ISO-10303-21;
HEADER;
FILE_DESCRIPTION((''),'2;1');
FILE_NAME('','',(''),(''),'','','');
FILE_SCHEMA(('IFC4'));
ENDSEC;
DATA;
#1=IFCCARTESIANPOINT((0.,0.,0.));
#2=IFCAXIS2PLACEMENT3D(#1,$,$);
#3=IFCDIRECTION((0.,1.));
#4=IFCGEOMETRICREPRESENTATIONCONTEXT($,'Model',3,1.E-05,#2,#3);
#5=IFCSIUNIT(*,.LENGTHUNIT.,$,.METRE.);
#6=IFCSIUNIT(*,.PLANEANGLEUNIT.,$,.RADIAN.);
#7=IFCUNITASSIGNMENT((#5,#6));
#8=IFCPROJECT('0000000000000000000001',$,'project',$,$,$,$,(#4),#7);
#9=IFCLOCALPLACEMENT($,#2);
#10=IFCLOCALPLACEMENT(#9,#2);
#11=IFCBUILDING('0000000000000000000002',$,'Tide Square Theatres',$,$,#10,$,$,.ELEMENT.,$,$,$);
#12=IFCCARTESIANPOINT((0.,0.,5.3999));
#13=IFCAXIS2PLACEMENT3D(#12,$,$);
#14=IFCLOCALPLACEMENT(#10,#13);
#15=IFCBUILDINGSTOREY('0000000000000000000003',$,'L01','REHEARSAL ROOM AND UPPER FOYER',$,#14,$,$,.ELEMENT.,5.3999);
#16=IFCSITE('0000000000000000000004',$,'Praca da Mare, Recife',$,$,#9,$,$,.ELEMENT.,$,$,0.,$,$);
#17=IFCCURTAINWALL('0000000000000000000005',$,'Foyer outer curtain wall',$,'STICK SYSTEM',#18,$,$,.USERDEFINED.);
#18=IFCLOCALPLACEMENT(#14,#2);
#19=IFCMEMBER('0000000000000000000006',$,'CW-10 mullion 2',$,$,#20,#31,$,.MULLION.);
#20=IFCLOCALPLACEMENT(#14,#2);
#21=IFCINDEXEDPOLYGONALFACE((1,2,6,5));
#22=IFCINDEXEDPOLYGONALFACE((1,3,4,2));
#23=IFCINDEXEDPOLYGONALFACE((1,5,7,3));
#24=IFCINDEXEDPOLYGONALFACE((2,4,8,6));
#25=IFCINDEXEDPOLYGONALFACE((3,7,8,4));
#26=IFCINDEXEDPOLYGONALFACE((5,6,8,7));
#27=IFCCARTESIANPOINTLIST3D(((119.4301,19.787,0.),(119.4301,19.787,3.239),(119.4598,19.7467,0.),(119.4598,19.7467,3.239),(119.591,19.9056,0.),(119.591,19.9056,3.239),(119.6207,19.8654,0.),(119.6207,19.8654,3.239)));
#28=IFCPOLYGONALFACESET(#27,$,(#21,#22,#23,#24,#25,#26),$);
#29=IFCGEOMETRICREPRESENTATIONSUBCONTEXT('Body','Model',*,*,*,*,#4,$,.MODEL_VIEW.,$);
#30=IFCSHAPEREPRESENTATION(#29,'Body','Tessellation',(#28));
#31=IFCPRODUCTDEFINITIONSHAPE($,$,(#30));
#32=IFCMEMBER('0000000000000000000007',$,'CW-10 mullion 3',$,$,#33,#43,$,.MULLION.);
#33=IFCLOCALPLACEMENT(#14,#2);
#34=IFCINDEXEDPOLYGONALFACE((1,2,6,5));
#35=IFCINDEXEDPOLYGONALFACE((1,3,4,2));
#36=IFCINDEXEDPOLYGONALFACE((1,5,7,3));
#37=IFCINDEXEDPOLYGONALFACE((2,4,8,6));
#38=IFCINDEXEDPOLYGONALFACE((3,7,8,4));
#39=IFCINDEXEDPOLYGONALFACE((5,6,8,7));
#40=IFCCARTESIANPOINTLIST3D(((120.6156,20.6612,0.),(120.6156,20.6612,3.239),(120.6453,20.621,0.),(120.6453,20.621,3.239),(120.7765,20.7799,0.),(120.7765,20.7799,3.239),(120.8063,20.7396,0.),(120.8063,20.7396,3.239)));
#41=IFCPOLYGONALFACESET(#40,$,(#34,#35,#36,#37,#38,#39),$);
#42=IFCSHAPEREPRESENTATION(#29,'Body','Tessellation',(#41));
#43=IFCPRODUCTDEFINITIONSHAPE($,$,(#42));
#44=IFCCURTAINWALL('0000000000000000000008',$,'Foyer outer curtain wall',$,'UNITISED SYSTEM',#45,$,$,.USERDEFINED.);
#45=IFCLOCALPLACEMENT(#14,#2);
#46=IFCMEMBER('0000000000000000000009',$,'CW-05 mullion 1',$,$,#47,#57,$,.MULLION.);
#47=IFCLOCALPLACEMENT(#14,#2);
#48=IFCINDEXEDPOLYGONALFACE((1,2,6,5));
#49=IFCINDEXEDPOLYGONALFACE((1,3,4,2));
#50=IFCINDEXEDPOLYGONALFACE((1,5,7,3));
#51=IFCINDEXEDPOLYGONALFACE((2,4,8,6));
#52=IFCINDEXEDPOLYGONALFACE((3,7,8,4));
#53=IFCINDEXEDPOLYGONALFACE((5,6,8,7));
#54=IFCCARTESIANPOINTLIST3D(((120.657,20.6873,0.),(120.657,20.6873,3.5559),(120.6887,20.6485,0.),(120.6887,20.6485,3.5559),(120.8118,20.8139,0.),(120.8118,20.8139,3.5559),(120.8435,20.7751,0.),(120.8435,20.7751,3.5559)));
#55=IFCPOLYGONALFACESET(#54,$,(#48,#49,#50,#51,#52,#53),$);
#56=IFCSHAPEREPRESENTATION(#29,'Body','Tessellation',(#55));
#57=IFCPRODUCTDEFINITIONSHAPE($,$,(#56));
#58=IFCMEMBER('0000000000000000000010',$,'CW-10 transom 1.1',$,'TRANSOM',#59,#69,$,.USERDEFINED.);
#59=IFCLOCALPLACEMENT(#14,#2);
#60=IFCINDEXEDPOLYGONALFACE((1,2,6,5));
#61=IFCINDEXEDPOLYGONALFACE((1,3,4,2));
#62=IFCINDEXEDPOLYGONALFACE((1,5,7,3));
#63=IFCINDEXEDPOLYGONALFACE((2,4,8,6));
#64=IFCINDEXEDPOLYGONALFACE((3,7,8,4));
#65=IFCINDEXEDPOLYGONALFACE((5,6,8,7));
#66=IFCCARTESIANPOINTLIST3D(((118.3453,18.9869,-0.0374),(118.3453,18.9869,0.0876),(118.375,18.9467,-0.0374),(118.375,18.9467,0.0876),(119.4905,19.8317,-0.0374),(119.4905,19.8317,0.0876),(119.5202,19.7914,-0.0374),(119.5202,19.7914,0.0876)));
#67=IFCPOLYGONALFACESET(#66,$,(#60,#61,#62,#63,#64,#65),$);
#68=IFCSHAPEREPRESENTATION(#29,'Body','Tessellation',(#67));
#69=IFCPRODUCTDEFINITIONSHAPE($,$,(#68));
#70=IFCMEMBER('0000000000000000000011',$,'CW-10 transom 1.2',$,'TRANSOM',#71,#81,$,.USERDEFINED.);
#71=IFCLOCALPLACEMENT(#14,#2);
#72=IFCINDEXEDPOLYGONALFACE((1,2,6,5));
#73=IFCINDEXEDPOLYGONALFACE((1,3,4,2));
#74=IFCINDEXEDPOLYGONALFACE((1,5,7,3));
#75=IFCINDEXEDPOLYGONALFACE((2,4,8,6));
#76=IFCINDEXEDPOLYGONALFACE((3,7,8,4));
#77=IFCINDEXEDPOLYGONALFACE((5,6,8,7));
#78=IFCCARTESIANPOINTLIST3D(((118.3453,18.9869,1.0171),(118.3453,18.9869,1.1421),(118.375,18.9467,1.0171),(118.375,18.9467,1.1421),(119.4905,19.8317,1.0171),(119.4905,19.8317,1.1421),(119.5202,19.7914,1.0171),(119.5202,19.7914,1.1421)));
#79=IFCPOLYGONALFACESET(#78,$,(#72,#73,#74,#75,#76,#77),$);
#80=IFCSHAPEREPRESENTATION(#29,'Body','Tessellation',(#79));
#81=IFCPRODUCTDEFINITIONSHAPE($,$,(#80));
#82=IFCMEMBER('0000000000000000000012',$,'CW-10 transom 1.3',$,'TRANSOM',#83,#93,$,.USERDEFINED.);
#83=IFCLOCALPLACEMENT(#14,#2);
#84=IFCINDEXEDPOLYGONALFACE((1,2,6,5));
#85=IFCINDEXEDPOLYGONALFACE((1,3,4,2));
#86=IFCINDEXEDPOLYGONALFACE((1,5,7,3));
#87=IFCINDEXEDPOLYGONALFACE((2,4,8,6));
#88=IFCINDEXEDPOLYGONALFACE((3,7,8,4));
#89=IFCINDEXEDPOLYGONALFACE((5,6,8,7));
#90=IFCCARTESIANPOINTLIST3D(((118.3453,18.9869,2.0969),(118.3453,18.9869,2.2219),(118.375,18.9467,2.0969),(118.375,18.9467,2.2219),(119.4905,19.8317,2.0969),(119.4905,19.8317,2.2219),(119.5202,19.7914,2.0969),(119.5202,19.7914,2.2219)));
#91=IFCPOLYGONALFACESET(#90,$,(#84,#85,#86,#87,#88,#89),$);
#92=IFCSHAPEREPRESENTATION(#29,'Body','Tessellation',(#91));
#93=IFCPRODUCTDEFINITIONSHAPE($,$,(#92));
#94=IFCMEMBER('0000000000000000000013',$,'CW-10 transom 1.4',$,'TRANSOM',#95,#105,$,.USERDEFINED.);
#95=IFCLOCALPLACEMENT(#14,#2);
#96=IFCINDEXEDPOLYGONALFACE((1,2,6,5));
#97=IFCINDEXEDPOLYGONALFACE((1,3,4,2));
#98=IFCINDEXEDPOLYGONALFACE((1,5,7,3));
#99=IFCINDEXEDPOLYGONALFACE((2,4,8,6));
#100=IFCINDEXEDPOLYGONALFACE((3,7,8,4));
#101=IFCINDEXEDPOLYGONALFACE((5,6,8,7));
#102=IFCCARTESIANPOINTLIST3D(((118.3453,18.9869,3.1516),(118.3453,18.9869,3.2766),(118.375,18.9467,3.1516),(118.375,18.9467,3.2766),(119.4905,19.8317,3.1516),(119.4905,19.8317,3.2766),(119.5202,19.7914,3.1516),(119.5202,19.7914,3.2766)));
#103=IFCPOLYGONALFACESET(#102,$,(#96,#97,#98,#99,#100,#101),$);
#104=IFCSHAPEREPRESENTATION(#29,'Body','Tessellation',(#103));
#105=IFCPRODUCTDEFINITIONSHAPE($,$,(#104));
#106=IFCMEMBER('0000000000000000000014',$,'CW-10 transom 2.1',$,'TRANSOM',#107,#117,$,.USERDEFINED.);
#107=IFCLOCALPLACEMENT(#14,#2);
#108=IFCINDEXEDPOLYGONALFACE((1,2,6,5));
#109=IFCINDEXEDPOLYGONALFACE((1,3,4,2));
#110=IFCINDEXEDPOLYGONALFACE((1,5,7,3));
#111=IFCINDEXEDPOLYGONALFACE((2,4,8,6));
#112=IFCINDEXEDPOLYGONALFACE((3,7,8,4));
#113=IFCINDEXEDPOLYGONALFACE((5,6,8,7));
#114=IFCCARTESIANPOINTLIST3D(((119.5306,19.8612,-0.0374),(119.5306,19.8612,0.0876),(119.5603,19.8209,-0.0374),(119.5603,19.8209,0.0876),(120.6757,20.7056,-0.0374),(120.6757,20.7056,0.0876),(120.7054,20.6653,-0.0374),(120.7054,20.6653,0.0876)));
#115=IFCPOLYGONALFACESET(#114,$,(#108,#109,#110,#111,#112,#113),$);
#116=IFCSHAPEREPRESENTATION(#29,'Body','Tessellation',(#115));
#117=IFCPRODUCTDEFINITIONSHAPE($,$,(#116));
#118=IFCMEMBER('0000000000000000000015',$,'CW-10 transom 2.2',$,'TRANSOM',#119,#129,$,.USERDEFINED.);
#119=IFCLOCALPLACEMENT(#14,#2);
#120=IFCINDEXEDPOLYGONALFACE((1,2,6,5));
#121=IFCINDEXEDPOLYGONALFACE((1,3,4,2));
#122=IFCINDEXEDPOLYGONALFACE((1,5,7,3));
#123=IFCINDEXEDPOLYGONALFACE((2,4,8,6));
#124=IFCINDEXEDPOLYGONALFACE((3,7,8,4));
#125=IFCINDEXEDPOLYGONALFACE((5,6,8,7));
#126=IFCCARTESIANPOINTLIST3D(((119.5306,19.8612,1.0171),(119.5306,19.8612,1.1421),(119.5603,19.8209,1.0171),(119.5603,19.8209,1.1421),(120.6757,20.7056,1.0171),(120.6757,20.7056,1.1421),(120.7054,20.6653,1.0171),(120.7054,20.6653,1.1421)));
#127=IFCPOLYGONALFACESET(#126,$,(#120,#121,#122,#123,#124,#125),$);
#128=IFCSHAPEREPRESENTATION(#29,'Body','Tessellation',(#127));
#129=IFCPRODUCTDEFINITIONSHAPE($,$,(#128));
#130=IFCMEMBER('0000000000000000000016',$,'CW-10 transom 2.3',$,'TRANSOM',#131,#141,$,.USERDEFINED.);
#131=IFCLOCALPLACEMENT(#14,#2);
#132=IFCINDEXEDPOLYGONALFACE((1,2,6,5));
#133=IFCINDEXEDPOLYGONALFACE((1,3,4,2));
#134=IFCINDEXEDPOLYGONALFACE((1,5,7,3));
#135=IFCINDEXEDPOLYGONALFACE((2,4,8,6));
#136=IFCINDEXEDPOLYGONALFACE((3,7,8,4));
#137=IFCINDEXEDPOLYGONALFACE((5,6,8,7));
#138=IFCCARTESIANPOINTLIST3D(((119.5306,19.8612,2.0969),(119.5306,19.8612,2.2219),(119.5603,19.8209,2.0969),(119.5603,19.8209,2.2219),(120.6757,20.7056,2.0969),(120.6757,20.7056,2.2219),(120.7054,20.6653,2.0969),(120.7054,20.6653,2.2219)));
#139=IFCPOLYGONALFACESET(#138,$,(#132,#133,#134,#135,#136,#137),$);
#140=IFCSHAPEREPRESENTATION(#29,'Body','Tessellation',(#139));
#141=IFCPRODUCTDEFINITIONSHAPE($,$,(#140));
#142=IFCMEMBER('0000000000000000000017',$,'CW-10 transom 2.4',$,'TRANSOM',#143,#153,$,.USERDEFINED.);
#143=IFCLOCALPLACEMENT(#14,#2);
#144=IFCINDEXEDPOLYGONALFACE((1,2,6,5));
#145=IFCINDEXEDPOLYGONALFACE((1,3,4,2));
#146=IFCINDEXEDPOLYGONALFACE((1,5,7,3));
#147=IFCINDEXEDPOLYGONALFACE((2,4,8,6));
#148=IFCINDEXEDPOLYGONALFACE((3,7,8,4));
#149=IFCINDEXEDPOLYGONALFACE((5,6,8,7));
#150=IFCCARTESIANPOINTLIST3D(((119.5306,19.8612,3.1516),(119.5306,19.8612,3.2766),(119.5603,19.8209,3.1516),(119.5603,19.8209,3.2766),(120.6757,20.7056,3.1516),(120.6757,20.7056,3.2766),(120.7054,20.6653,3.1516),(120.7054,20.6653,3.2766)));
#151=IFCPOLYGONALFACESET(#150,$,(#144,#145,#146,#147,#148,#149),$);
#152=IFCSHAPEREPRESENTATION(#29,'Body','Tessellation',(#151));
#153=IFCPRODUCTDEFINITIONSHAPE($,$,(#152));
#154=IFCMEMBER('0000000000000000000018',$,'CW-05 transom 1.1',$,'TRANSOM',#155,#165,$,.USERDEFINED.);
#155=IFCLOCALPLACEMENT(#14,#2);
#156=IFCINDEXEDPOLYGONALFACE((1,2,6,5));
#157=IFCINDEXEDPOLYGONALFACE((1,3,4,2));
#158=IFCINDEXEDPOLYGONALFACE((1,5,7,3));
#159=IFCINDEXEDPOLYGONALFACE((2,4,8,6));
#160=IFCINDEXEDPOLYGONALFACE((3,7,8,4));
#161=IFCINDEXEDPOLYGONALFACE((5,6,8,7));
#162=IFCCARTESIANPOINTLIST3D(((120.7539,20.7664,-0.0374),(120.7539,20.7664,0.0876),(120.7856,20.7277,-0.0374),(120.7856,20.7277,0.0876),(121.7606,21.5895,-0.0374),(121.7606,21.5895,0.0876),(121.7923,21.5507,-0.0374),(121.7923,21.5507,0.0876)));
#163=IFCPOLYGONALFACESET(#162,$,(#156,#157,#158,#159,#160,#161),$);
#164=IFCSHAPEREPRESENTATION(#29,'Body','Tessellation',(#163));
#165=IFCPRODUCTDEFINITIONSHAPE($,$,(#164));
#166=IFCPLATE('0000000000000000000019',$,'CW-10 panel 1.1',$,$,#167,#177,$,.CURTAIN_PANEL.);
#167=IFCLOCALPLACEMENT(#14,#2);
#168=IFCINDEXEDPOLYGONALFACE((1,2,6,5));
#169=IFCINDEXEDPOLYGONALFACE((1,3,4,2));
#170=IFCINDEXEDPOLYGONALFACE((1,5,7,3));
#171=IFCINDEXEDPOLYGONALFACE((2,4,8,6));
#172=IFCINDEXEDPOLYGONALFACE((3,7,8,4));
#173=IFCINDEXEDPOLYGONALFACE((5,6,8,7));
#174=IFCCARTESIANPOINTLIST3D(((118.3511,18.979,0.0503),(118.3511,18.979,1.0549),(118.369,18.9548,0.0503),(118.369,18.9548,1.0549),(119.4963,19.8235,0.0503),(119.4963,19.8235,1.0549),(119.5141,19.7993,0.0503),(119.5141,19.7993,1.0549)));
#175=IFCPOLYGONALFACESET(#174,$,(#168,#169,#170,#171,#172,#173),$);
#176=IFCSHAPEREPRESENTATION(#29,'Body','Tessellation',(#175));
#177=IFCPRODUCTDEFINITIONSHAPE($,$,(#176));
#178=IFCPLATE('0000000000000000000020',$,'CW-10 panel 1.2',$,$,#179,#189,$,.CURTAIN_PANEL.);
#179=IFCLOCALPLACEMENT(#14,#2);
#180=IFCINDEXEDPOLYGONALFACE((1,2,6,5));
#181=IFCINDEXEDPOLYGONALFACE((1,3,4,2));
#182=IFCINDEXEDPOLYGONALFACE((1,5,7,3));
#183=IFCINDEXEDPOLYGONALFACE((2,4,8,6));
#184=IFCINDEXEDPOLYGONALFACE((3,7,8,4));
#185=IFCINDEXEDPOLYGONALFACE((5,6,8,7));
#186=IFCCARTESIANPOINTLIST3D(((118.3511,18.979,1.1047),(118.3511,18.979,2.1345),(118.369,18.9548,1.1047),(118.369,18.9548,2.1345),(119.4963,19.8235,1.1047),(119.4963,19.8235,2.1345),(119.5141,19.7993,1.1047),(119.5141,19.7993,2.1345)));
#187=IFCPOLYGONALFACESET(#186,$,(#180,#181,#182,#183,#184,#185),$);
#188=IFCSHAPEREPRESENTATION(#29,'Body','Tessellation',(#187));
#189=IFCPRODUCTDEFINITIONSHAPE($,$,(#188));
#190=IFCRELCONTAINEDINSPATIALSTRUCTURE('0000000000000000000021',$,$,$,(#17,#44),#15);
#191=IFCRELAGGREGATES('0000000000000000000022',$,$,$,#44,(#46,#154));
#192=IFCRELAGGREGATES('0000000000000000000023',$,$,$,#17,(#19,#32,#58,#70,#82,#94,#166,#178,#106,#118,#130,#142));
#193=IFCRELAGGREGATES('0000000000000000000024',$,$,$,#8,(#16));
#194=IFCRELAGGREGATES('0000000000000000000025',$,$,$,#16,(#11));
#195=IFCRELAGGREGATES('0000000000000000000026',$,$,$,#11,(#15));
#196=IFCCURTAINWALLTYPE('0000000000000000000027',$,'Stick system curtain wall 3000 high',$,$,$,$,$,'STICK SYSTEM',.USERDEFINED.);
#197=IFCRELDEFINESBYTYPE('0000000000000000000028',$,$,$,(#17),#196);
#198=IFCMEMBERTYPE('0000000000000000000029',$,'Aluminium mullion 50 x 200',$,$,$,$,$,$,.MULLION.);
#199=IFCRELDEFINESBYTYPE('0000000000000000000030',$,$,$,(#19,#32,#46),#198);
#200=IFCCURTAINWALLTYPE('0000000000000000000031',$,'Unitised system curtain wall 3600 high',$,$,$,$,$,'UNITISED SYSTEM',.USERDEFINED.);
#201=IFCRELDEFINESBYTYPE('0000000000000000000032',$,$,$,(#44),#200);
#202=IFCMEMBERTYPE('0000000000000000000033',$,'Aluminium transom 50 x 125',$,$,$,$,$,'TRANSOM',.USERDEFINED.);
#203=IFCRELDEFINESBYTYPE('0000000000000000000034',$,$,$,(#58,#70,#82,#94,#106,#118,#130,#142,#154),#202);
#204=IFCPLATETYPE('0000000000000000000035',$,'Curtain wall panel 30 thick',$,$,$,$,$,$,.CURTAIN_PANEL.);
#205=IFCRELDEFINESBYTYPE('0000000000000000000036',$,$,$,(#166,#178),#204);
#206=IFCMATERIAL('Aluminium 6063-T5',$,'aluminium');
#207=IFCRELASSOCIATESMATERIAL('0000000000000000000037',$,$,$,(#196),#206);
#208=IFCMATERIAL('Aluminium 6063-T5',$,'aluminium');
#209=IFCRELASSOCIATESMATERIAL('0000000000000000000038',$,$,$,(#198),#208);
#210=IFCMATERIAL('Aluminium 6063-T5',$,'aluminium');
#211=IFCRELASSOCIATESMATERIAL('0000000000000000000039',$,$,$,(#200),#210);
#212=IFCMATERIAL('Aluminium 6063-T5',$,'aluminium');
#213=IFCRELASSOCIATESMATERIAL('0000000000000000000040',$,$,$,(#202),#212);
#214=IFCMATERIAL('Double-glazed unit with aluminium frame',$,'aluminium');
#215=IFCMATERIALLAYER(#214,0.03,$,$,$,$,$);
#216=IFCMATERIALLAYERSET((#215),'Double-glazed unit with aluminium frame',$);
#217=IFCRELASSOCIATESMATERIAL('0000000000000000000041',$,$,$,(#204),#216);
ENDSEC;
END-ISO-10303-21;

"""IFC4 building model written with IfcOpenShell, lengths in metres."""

from ifc_helpers import new_model, si_unit, direction, frame, origin, origin_2d, place, context, subcontext, project, spatial, rectangle, extrude, material, layer, layer_set, material_profile, profile_set, type_object, element, aggregate, save


model = new_model("IFC4")

# Units and contexts
model_context = context("Model", 3, precision=1e-05, world=origin(), true_north=direction((0.0, 1.0)))
body_context = subcontext(model_context, "Body", "Model", "MODEL_VIEW")
ifc_project = project(units=[si_unit("LENGTHUNIT", "METRE"), si_unit("PLANEANGLEUNIT", "RADIAN")], contexts=[model_context])

# Site, building, storey
site_placement = place(None, origin())
site = spatial("IfcSite", under=ifc_project, at=site_placement, Name="Praca da Mare, Recife", CompositionType="ELEMENT", RefElevation=0.0)
building_placement = place(site_placement, origin())
building = spatial("IfcBuilding", under=site, at=building_placement, Name="Tide Square Theatres", CompositionType="ELEMENT")
storey_placement = place(building_placement, frame((0.0, 0.0, 5.3999)))
storey = spatial("IfcBuildingStorey", under=building, at=storey_placement, Name="L01", Description="REHEARSAL ROOM AND UPPER FOYER", CompositionType="ELEMENT", Elevation=5.3999)

# Curtain wall, members
ifc_material_1 = material(Name="Aluminium 6063-T5", Category="aluminium")
curtain_wall_type_1 = type_object("IfcCurtainWallType", Name="Stick system curtain wall 3000 high", ElementType="STICK SYSTEM", PredefinedType="USERDEFINED", material=ifc_material_1)
curtain_wall_1_placement = place(storey_placement, origin())
curtain_wall_1 = element("IfcCurtainWall", 1, at=curtain_wall_1_placement, inside=storey, type_object=curtain_wall_type_1, Name="Foyer outer curtain wall", ObjectType="STICK SYSTEM", PredefinedType="USERDEFINED")
ifc_material_2 = material(Name="Aluminium 6063-T5", Category="aluminium")
ifc_material_profile_1 = material_profile(ifc_material_2, rectangle(XDim=0.05, YDim=0.2, at=origin_2d()))
ifc_profile_set_1 = profile_set([ifc_material_profile_1], Name="Aluminium 6063-T5")
member_type_1 = type_object("IfcMemberType", Name="Aluminium mullion 50 x 200", PredefinedType="MULLION", material=ifc_profile_set_1)
member_1_placement = place(storey_placement, frame((119.5254, 19.8262, 0.0), z_axis=(0.0, 0.0, 1.0), x_axis=(-0.593508, 0.804828, 0.0)))
member_1 = element("IfcMember", 2, at=member_1_placement, type_object=member_type_1, Name="CW-10 mullion 2", PredefinedType="MULLION", context=body_context, shape_type="SweptSolid", body=[
    extrude(rectangle(XDim=0.05, YDim=0.2, at=origin_2d()), origin(), (0.0, 0.0, 1.0), 3.239),
])
member_2_placement = place(storey_placement, frame((120.7109, 20.7004, 0.0), z_axis=(0.0, 0.0, 1.0), x_axis=(-0.593508, 0.804828, 0.0)))
member_2 = element("IfcMember", 3, at=member_2_placement, type_object=member_type_1, Name="CW-10 mullion 3", PredefinedType="MULLION", context=body_context, shape_type="SweptSolid", body=[
    extrude(rectangle(XDim=0.05, YDim=0.2, at=origin_2d()), origin(), (0.0, 0.0, 1.0), 3.239),
])

# Curtain wall, member
ifc_material_3 = material(Name="Aluminium 6063-T5", Category="aluminium")
curtain_wall_type_2 = type_object("IfcCurtainWallType", Name="Unitised system curtain wall 3600 high", ElementType="UNITISED SYSTEM", PredefinedType="USERDEFINED", material=ifc_material_3)
curtain_wall_2_placement = place(storey_placement, origin())
curtain_wall_2 = element("IfcCurtainWall", 4, at=curtain_wall_2_placement, inside=storey, type_object=curtain_wall_type_2, Name="Foyer outer curtain wall", ObjectType="UNITISED SYSTEM", PredefinedType="USERDEFINED")
member_3_placement = place(storey_placement, frame((120.7502, 20.7312, 0.0), z_axis=(0.0, 0.0, 1.0), x_axis=(-0.633026, 0.774131, 0.0)))
member_3 = element("IfcMember", 5, at=member_3_placement, type_object=member_type_1, Name="CW-05 mullion 1", PredefinedType="MULLION", context=body_context, shape_type="SweptSolid", body=[
    extrude(rectangle(XDim=0.05, YDim=0.2, at=origin_2d()), origin(), (0.0, 0.0, 1.0), 3.5559),
])

# Members
ifc_material_4 = material(Name="Aluminium 6063-T5", Category="aluminium")
ifc_material_profile_2 = material_profile(ifc_material_4, rectangle(XDim=0.05, YDim=0.125, at=origin_2d()))
ifc_profile_set_2 = profile_set([ifc_material_profile_2], Name="Aluminium 6063-T5")
member_type_2 = type_object("IfcMemberType", Name="Aluminium transom 50 x 125", ElementType="TRANSOM", PredefinedType="USERDEFINED", material=ifc_profile_set_2)
member_4_placement = place(storey_placement, frame((118.3601, 18.9668, 0.0251), z_axis=(0.804771, 0.593585, 0.0), x_axis=(-0.593585, 0.804771, 0.0)))
member_4 = element("IfcMember", 6, at=member_4_placement, type_object=member_type_2, Name="CW-10 transom 1.1", ObjectType="TRANSOM", PredefinedType="USERDEFINED", context=body_context, shape_type="SweptSolid", body=[
    extrude(rectangle(XDim=0.05, YDim=0.125, at=origin_2d()), origin(), (0.0, 0.0, 1.0), 1.4231),
])
member_5_placement = place(storey_placement, frame((118.3601, 18.9668, 1.0796), z_axis=(0.804771, 0.593585, 0.0), x_axis=(-0.593585, 0.804771, 0.0)))
member_5 = element("IfcMember", 7, at=member_5_placement, type_object=member_type_2, Name="CW-10 transom 1.2", ObjectType="TRANSOM", PredefinedType="USERDEFINED", context=body_context, shape_type="SweptSolid", body=[
    extrude(rectangle(XDim=0.05, YDim=0.125, at=origin_2d()), origin(), (0.0, 0.0, 1.0), 1.4231),
])
member_6_placement = place(storey_placement, frame((118.3601, 18.9668, 2.1594), z_axis=(0.804771, 0.593585, 0.0), x_axis=(-0.593585, 0.804771, 0.0)))
member_6 = element("IfcMember", 8, at=member_6_placement, type_object=member_type_2, Name="CW-10 transom 1.3", ObjectType="TRANSOM", PredefinedType="USERDEFINED", context=body_context, shape_type="SweptSolid", body=[
    extrude(rectangle(XDim=0.05, YDim=0.125, at=origin_2d()), origin(), (0.0, 0.0, 1.0), 1.4231),
])
member_7_placement = place(storey_placement, frame((118.3601, 18.9668, 3.2141), z_axis=(0.804771, 0.593585, 0.0), x_axis=(-0.593585, 0.804771, 0.0)))
member_7 = element("IfcMember", 9, at=member_7_placement, type_object=member_type_2, Name="CW-10 transom 1.4", ObjectType="TRANSOM", PredefinedType="USERDEFINED", context=body_context, shape_type="SweptSolid", body=[
    extrude(rectangle(XDim=0.05, YDim=0.125, at=origin_2d()), origin(), (0.0, 0.0, 1.0), 1.4231),
])
member_8_placement = place(storey_placement, frame((119.5454, 19.8411, 0.0251), z_axis=(0.804853, 0.593474, 0.0), x_axis=(-0.593474, 0.804853, 0.0)))
member_8 = element("IfcMember", 10, at=member_8_placement, type_object=member_type_2, Name="CW-10 transom 2.1", ObjectType="TRANSOM", PredefinedType="USERDEFINED", context=body_context, shape_type="SweptSolid", body=[
    extrude(rectangle(XDim=0.05, YDim=0.125, at=origin_2d()), origin(), (0.0, 0.0, 1.0), 1.4229),
])
member_9_placement = place(storey_placement, frame((119.5454, 19.8411, 1.0796), z_axis=(0.804853, 0.593474, 0.0), x_axis=(-0.593474, 0.804853, 0.0)))
member_9 = element("IfcMember", 11, at=member_9_placement, type_object=member_type_2, Name="CW-10 transom 2.2", ObjectType="TRANSOM", PredefinedType="USERDEFINED", context=body_context, shape_type="SweptSolid", body=[
    extrude(rectangle(XDim=0.05, YDim=0.125, at=origin_2d()), origin(), (0.0, 0.0, 1.0), 1.4229),
])
member_10_placement = place(storey_placement, frame((119.5454, 19.8411, 2.1594), z_axis=(0.804853, 0.593474, 0.0), x_axis=(-0.593474, 0.804853, 0.0)))
member_10 = element("IfcMember", 12, at=member_10_placement, type_object=member_type_2, Name="CW-10 transom 2.3", ObjectType="TRANSOM", PredefinedType="USERDEFINED", context=body_context, shape_type="SweptSolid", body=[
    extrude(rectangle(XDim=0.05, YDim=0.125, at=origin_2d()), origin(), (0.0, 0.0, 1.0), 1.4229),
])
member_11_placement = place(storey_placement, frame((119.5454, 19.8411, 3.2141), z_axis=(0.804853, 0.593474, 0.0), x_axis=(-0.593474, 0.804853, 0.0)))
member_11 = element("IfcMember", 13, at=member_11_placement, type_object=member_type_2, Name="CW-10 transom 2.4", ObjectType="TRANSOM", PredefinedType="USERDEFINED", context=body_context, shape_type="SweptSolid", body=[
    extrude(rectangle(XDim=0.05, YDim=0.125, at=origin_2d()), origin(), (0.0, 0.0, 1.0), 1.4229),
])
member_12_placement = place(storey_placement, frame((120.7698, 20.7471, 0.0251), z_axis=(0.774175, 0.632972, 0.0), x_axis=(-0.632972, 0.774175, 0.0)))
member_12 = element("IfcMember", 14, at=member_12_placement, type_object=member_type_2, Name="CW-05 transom 1.1", ObjectType="TRANSOM", PredefinedType="USERDEFINED", context=body_context, shape_type="SweptSolid", body=[
    extrude(rectangle(XDim=0.05, YDim=0.125, at=origin_2d()), origin(), (0.0, 0.0, 1.0), 1.3003),
])
aggregate(curtain_wall_2, [member_3, member_12])

# Plates
ifc_material_5 = material(Name="Double-glazed unit with aluminium frame", Category="aluminium")
ifc_layer_1 = layer(ifc_material_5, 0.03)
ifc_layer_set_1 = layer_set([ifc_layer_1], Name="Double-glazed unit with aluminium frame")
plate_type = type_object("IfcPlateType", Name="Curtain wall panel 30 thick", PredefinedType="CURTAIN_PANEL", material=ifc_layer_set_1)
plate_1_placement = place(storey_placement, frame((118.9326, 19.3892, 0.0503), z_axis=(0.0, 0.0, 1.0), x_axis=(0.804828, 0.593508, 0.0)))
plate_1 = element("IfcPlate", 15, at=plate_1_placement, type_object=plate_type, Name="CW-10 panel 1.1", PredefinedType="CURTAIN_PANEL", context=body_context, shape_type="SweptSolid", body=[
    extrude(rectangle(XDim=1.4229, YDim=0.03, at=origin_2d()), origin(), (0.0, 0.0, 1.0), 1.0046),
])
plate_2_placement = place(storey_placement, frame((118.9326, 19.3892, 1.1047), z_axis=(0.0, 0.0, 1.0), x_axis=(0.804828, 0.593508, 0.0)))
plate_2 = element("IfcPlate", 16, at=plate_2_placement, type_object=plate_type, Name="CW-10 panel 1.2", PredefinedType="CURTAIN_PANEL", context=body_context, shape_type="SweptSolid", body=[
    extrude(rectangle(XDim=1.4229, YDim=0.03, at=origin_2d()), origin(), (0.0, 0.0, 1.0), 1.0298),
])
aggregate(curtain_wall_1, [member_1, member_2, member_4, member_5, member_6, member_7, plate_1, plate_2, member_8, member_9, member_10, member_11])

save(model, "model.ifc")
